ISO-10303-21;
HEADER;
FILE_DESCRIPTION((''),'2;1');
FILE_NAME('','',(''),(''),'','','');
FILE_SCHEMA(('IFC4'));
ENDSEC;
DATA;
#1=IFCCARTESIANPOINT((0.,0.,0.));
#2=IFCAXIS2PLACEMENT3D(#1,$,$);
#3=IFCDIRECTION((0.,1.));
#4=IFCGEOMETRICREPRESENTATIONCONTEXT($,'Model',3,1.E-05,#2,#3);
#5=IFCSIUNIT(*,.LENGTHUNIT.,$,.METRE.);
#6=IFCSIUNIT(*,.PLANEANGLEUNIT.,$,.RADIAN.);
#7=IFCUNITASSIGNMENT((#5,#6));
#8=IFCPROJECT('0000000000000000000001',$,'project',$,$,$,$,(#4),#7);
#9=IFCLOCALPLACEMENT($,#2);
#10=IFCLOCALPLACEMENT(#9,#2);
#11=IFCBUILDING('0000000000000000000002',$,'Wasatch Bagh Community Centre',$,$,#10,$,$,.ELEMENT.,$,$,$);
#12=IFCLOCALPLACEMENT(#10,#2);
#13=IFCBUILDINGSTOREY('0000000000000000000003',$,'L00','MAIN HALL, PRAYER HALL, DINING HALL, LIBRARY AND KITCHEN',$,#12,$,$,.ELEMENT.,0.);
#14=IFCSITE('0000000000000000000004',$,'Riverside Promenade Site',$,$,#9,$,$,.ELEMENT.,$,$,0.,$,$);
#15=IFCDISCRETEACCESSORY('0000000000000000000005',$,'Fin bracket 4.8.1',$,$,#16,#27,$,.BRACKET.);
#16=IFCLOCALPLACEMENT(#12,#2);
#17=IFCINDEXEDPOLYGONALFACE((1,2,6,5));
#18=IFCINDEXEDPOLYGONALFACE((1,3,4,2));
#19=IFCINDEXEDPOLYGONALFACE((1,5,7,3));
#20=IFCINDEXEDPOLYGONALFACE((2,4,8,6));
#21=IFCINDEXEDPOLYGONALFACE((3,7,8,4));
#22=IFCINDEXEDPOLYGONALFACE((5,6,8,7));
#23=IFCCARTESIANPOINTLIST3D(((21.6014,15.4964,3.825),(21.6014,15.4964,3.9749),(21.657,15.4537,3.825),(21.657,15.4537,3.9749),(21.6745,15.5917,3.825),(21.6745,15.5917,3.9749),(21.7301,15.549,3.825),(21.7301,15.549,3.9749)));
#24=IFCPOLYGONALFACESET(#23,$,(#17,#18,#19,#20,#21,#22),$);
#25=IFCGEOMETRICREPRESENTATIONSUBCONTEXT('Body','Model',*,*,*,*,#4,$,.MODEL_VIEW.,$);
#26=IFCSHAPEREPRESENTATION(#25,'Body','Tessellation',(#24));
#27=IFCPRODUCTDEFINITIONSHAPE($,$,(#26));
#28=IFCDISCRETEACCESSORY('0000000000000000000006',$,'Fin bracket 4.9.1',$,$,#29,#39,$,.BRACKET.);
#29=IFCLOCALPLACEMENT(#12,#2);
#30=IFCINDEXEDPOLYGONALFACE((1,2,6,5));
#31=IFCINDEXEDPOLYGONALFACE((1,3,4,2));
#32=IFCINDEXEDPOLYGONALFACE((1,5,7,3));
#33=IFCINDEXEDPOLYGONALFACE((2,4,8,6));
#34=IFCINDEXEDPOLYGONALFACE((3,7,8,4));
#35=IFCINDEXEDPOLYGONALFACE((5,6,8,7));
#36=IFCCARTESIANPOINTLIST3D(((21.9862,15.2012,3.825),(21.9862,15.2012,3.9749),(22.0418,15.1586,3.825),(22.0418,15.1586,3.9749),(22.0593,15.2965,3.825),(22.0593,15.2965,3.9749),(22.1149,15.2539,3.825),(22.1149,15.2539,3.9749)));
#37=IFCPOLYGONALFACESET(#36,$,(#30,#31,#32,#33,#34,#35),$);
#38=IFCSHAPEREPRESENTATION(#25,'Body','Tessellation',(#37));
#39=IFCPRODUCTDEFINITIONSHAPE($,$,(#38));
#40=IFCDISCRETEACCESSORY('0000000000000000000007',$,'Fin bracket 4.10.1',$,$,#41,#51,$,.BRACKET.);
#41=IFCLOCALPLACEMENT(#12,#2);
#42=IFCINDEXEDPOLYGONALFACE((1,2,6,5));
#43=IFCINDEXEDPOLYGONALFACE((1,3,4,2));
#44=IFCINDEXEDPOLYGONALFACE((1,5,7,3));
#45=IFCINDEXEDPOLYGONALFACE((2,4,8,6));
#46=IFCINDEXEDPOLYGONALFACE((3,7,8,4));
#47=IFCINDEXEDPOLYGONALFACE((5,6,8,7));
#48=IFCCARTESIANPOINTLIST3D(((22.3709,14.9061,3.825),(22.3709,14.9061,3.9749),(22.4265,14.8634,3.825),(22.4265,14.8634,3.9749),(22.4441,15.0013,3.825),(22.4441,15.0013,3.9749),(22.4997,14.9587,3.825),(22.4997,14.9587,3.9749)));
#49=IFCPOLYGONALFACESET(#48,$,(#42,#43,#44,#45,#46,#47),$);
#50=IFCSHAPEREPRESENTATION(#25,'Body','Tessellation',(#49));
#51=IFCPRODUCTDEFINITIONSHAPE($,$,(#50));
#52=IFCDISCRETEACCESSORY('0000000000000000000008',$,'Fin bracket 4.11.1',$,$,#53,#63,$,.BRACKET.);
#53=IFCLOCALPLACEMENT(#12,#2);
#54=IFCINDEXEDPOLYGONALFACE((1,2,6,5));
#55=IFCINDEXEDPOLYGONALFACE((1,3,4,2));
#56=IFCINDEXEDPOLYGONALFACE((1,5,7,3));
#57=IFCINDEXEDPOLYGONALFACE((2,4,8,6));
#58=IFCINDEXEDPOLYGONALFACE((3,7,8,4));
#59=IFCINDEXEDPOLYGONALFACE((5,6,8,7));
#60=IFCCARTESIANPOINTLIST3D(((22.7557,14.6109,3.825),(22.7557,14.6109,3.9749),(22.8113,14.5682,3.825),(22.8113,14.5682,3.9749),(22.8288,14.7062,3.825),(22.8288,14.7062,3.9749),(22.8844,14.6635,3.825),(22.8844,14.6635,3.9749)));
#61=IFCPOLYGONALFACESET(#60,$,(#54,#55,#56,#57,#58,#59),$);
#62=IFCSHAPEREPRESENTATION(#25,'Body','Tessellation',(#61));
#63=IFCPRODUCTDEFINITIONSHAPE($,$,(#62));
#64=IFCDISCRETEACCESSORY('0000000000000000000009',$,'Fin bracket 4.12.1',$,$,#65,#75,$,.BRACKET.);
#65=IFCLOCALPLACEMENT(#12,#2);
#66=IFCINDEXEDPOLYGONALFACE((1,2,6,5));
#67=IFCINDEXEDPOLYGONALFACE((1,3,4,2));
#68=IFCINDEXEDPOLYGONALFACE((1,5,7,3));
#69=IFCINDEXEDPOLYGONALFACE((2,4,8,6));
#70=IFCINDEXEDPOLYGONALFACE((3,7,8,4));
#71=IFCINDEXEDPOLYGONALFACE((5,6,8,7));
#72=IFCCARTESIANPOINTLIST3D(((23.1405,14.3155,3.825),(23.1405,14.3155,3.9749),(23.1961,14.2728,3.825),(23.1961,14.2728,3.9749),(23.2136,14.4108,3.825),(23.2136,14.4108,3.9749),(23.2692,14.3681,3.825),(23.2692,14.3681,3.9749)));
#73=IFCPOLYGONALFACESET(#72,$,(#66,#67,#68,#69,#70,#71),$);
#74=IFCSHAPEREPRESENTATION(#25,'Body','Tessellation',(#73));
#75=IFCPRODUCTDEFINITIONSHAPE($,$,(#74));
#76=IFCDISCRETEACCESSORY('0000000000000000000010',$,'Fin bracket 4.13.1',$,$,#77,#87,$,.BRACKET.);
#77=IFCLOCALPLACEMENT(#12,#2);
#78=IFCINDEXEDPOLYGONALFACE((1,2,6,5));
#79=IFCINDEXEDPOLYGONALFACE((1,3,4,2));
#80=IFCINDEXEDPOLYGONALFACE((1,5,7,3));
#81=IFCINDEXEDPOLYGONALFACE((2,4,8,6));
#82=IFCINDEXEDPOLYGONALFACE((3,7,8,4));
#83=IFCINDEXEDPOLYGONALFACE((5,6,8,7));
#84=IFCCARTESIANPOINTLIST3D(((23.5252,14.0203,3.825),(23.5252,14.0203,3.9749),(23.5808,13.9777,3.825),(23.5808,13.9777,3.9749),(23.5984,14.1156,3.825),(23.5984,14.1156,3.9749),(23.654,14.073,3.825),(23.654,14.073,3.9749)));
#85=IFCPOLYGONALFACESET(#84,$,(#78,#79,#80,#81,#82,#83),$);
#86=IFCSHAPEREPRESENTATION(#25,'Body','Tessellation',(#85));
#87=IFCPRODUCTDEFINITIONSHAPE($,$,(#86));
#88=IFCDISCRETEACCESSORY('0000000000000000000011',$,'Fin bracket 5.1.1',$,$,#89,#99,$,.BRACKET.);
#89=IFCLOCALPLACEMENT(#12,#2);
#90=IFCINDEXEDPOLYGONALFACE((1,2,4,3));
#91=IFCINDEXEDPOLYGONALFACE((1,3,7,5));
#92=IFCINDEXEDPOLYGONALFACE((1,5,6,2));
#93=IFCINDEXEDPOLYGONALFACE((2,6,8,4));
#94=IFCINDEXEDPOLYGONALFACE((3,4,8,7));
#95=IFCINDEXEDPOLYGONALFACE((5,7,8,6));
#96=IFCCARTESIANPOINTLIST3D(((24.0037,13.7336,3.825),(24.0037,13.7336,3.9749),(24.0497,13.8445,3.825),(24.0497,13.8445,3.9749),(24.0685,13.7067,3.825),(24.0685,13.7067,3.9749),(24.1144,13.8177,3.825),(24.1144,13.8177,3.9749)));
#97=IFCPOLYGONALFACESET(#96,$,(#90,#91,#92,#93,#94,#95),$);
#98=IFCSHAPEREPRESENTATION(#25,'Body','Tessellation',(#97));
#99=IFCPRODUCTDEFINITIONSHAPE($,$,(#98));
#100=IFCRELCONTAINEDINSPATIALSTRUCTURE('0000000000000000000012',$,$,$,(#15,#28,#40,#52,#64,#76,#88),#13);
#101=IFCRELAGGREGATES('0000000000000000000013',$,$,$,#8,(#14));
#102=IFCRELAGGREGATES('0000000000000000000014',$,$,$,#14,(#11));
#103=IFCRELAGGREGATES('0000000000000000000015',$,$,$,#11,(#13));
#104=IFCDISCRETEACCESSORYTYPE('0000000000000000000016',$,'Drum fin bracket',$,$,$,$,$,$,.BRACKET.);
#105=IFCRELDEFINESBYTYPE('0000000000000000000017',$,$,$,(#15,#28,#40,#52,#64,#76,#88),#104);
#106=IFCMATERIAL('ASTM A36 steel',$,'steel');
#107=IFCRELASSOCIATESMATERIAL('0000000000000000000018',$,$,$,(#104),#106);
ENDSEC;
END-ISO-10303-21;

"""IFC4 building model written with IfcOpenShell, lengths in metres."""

from ifc_helpers import new_model, si_unit, direction, frame, origin, origin_2d, place, context, subcontext, project, spatial, rectangle, extrude, material, type_object, element, save


model = new_model("IFC4")

# Units and contexts
model_context = context("Model", 3, precision=1e-05, world=origin(), true_north=direction((0.0, 1.0)))
body_context = subcontext(model_context, "Body", "Model", "MODEL_VIEW")
ifc_project = project(units=[si_unit("LENGTHUNIT", "METRE"), si_unit("PLANEANGLEUNIT", "RADIAN")], contexts=[model_context])

# Site, building, storey
site_placement = place(None, origin())
site = spatial("IfcSite", under=ifc_project, at=site_placement, Name="Riverside Promenade Site", CompositionType="ELEMENT", RefElevation=0.0)
building_placement = place(site_placement, origin())
building = spatial("IfcBuilding", under=site, at=building_placement, Name="Wasatch Bagh Community Centre", CompositionType="ELEMENT")
storey_placement = place(building_placement, origin())
storey = spatial("IfcBuildingStorey", under=building, at=storey_placement, Name="L00", Description="MAIN HALL, PRAYER HALL, DINING HALL, LIBRARY AND KITCHEN", CompositionType="ELEMENT", Elevation=0.0)

# Discrete accessories
ifc_material_1 = material(Name="ASTM A36 steel", Category="steel")
discrete_accessory_type = type_object("IfcDiscreteAccessoryType", Name="Drum fin bracket", PredefinedType="BRACKET", material=ifc_material_1)
for number, where, z_axis, x_axis, name in (
    (1, (21.6658, 15.5227, 3.825), (0.0, 0.0, 1.0), (0.793353, -0.608761, 0.0), "Fin bracket 4.8.1"),
    (2, (22.0505, 15.2275, 3.825), (0.0, 0.0, 1.0), (0.793353, -0.608761, 0.0), "Fin bracket 4.9.1"),
    (3, (22.4353, 14.9324, 3.825), (0.0, 0.0, 1.0), (0.793353, -0.608761, 0.0), "Fin bracket 4.10.1"),
    (4, (22.8201, 14.6372, 3.825), (0.0, 0.0, 1.0), (0.793353, -0.608761, 0.0), "Fin bracket 4.11.1"),
    (5, (23.2048, 14.3418, 3.825), (0.0, 0.0, 1.0), (0.793353, -0.608761, 0.0), "Fin bracket 4.12.1"),
    (6, (23.5896, 14.0466, 3.825), (0.0, 0.0, 1.0), (0.793353, -0.608761, 0.0), "Fin bracket 4.13.1"),
    (7, (24.0591, 13.7756, 3.825), (0.0, 0.0, 1.0), (0.92388, -0.382683, 0.0), "Fin bracket 5.1.1"),
):
    element("IfcDiscreteAccessory", number, at=place(storey_placement, frame(where, z_axis=z_axis, x_axis=x_axis)), inside=storey, type_object=discrete_accessory_type, Name=name, PredefinedType="BRACKET", context=body_context, shape_type="SweptSolid", body=[
        extrude(rectangle(XDim=0.0701, YDim=0.1201, at=origin_2d()), origin(), (0.0, 0.0, 1.0), 0.1499),
    ])

save(model, "model.ifc")
